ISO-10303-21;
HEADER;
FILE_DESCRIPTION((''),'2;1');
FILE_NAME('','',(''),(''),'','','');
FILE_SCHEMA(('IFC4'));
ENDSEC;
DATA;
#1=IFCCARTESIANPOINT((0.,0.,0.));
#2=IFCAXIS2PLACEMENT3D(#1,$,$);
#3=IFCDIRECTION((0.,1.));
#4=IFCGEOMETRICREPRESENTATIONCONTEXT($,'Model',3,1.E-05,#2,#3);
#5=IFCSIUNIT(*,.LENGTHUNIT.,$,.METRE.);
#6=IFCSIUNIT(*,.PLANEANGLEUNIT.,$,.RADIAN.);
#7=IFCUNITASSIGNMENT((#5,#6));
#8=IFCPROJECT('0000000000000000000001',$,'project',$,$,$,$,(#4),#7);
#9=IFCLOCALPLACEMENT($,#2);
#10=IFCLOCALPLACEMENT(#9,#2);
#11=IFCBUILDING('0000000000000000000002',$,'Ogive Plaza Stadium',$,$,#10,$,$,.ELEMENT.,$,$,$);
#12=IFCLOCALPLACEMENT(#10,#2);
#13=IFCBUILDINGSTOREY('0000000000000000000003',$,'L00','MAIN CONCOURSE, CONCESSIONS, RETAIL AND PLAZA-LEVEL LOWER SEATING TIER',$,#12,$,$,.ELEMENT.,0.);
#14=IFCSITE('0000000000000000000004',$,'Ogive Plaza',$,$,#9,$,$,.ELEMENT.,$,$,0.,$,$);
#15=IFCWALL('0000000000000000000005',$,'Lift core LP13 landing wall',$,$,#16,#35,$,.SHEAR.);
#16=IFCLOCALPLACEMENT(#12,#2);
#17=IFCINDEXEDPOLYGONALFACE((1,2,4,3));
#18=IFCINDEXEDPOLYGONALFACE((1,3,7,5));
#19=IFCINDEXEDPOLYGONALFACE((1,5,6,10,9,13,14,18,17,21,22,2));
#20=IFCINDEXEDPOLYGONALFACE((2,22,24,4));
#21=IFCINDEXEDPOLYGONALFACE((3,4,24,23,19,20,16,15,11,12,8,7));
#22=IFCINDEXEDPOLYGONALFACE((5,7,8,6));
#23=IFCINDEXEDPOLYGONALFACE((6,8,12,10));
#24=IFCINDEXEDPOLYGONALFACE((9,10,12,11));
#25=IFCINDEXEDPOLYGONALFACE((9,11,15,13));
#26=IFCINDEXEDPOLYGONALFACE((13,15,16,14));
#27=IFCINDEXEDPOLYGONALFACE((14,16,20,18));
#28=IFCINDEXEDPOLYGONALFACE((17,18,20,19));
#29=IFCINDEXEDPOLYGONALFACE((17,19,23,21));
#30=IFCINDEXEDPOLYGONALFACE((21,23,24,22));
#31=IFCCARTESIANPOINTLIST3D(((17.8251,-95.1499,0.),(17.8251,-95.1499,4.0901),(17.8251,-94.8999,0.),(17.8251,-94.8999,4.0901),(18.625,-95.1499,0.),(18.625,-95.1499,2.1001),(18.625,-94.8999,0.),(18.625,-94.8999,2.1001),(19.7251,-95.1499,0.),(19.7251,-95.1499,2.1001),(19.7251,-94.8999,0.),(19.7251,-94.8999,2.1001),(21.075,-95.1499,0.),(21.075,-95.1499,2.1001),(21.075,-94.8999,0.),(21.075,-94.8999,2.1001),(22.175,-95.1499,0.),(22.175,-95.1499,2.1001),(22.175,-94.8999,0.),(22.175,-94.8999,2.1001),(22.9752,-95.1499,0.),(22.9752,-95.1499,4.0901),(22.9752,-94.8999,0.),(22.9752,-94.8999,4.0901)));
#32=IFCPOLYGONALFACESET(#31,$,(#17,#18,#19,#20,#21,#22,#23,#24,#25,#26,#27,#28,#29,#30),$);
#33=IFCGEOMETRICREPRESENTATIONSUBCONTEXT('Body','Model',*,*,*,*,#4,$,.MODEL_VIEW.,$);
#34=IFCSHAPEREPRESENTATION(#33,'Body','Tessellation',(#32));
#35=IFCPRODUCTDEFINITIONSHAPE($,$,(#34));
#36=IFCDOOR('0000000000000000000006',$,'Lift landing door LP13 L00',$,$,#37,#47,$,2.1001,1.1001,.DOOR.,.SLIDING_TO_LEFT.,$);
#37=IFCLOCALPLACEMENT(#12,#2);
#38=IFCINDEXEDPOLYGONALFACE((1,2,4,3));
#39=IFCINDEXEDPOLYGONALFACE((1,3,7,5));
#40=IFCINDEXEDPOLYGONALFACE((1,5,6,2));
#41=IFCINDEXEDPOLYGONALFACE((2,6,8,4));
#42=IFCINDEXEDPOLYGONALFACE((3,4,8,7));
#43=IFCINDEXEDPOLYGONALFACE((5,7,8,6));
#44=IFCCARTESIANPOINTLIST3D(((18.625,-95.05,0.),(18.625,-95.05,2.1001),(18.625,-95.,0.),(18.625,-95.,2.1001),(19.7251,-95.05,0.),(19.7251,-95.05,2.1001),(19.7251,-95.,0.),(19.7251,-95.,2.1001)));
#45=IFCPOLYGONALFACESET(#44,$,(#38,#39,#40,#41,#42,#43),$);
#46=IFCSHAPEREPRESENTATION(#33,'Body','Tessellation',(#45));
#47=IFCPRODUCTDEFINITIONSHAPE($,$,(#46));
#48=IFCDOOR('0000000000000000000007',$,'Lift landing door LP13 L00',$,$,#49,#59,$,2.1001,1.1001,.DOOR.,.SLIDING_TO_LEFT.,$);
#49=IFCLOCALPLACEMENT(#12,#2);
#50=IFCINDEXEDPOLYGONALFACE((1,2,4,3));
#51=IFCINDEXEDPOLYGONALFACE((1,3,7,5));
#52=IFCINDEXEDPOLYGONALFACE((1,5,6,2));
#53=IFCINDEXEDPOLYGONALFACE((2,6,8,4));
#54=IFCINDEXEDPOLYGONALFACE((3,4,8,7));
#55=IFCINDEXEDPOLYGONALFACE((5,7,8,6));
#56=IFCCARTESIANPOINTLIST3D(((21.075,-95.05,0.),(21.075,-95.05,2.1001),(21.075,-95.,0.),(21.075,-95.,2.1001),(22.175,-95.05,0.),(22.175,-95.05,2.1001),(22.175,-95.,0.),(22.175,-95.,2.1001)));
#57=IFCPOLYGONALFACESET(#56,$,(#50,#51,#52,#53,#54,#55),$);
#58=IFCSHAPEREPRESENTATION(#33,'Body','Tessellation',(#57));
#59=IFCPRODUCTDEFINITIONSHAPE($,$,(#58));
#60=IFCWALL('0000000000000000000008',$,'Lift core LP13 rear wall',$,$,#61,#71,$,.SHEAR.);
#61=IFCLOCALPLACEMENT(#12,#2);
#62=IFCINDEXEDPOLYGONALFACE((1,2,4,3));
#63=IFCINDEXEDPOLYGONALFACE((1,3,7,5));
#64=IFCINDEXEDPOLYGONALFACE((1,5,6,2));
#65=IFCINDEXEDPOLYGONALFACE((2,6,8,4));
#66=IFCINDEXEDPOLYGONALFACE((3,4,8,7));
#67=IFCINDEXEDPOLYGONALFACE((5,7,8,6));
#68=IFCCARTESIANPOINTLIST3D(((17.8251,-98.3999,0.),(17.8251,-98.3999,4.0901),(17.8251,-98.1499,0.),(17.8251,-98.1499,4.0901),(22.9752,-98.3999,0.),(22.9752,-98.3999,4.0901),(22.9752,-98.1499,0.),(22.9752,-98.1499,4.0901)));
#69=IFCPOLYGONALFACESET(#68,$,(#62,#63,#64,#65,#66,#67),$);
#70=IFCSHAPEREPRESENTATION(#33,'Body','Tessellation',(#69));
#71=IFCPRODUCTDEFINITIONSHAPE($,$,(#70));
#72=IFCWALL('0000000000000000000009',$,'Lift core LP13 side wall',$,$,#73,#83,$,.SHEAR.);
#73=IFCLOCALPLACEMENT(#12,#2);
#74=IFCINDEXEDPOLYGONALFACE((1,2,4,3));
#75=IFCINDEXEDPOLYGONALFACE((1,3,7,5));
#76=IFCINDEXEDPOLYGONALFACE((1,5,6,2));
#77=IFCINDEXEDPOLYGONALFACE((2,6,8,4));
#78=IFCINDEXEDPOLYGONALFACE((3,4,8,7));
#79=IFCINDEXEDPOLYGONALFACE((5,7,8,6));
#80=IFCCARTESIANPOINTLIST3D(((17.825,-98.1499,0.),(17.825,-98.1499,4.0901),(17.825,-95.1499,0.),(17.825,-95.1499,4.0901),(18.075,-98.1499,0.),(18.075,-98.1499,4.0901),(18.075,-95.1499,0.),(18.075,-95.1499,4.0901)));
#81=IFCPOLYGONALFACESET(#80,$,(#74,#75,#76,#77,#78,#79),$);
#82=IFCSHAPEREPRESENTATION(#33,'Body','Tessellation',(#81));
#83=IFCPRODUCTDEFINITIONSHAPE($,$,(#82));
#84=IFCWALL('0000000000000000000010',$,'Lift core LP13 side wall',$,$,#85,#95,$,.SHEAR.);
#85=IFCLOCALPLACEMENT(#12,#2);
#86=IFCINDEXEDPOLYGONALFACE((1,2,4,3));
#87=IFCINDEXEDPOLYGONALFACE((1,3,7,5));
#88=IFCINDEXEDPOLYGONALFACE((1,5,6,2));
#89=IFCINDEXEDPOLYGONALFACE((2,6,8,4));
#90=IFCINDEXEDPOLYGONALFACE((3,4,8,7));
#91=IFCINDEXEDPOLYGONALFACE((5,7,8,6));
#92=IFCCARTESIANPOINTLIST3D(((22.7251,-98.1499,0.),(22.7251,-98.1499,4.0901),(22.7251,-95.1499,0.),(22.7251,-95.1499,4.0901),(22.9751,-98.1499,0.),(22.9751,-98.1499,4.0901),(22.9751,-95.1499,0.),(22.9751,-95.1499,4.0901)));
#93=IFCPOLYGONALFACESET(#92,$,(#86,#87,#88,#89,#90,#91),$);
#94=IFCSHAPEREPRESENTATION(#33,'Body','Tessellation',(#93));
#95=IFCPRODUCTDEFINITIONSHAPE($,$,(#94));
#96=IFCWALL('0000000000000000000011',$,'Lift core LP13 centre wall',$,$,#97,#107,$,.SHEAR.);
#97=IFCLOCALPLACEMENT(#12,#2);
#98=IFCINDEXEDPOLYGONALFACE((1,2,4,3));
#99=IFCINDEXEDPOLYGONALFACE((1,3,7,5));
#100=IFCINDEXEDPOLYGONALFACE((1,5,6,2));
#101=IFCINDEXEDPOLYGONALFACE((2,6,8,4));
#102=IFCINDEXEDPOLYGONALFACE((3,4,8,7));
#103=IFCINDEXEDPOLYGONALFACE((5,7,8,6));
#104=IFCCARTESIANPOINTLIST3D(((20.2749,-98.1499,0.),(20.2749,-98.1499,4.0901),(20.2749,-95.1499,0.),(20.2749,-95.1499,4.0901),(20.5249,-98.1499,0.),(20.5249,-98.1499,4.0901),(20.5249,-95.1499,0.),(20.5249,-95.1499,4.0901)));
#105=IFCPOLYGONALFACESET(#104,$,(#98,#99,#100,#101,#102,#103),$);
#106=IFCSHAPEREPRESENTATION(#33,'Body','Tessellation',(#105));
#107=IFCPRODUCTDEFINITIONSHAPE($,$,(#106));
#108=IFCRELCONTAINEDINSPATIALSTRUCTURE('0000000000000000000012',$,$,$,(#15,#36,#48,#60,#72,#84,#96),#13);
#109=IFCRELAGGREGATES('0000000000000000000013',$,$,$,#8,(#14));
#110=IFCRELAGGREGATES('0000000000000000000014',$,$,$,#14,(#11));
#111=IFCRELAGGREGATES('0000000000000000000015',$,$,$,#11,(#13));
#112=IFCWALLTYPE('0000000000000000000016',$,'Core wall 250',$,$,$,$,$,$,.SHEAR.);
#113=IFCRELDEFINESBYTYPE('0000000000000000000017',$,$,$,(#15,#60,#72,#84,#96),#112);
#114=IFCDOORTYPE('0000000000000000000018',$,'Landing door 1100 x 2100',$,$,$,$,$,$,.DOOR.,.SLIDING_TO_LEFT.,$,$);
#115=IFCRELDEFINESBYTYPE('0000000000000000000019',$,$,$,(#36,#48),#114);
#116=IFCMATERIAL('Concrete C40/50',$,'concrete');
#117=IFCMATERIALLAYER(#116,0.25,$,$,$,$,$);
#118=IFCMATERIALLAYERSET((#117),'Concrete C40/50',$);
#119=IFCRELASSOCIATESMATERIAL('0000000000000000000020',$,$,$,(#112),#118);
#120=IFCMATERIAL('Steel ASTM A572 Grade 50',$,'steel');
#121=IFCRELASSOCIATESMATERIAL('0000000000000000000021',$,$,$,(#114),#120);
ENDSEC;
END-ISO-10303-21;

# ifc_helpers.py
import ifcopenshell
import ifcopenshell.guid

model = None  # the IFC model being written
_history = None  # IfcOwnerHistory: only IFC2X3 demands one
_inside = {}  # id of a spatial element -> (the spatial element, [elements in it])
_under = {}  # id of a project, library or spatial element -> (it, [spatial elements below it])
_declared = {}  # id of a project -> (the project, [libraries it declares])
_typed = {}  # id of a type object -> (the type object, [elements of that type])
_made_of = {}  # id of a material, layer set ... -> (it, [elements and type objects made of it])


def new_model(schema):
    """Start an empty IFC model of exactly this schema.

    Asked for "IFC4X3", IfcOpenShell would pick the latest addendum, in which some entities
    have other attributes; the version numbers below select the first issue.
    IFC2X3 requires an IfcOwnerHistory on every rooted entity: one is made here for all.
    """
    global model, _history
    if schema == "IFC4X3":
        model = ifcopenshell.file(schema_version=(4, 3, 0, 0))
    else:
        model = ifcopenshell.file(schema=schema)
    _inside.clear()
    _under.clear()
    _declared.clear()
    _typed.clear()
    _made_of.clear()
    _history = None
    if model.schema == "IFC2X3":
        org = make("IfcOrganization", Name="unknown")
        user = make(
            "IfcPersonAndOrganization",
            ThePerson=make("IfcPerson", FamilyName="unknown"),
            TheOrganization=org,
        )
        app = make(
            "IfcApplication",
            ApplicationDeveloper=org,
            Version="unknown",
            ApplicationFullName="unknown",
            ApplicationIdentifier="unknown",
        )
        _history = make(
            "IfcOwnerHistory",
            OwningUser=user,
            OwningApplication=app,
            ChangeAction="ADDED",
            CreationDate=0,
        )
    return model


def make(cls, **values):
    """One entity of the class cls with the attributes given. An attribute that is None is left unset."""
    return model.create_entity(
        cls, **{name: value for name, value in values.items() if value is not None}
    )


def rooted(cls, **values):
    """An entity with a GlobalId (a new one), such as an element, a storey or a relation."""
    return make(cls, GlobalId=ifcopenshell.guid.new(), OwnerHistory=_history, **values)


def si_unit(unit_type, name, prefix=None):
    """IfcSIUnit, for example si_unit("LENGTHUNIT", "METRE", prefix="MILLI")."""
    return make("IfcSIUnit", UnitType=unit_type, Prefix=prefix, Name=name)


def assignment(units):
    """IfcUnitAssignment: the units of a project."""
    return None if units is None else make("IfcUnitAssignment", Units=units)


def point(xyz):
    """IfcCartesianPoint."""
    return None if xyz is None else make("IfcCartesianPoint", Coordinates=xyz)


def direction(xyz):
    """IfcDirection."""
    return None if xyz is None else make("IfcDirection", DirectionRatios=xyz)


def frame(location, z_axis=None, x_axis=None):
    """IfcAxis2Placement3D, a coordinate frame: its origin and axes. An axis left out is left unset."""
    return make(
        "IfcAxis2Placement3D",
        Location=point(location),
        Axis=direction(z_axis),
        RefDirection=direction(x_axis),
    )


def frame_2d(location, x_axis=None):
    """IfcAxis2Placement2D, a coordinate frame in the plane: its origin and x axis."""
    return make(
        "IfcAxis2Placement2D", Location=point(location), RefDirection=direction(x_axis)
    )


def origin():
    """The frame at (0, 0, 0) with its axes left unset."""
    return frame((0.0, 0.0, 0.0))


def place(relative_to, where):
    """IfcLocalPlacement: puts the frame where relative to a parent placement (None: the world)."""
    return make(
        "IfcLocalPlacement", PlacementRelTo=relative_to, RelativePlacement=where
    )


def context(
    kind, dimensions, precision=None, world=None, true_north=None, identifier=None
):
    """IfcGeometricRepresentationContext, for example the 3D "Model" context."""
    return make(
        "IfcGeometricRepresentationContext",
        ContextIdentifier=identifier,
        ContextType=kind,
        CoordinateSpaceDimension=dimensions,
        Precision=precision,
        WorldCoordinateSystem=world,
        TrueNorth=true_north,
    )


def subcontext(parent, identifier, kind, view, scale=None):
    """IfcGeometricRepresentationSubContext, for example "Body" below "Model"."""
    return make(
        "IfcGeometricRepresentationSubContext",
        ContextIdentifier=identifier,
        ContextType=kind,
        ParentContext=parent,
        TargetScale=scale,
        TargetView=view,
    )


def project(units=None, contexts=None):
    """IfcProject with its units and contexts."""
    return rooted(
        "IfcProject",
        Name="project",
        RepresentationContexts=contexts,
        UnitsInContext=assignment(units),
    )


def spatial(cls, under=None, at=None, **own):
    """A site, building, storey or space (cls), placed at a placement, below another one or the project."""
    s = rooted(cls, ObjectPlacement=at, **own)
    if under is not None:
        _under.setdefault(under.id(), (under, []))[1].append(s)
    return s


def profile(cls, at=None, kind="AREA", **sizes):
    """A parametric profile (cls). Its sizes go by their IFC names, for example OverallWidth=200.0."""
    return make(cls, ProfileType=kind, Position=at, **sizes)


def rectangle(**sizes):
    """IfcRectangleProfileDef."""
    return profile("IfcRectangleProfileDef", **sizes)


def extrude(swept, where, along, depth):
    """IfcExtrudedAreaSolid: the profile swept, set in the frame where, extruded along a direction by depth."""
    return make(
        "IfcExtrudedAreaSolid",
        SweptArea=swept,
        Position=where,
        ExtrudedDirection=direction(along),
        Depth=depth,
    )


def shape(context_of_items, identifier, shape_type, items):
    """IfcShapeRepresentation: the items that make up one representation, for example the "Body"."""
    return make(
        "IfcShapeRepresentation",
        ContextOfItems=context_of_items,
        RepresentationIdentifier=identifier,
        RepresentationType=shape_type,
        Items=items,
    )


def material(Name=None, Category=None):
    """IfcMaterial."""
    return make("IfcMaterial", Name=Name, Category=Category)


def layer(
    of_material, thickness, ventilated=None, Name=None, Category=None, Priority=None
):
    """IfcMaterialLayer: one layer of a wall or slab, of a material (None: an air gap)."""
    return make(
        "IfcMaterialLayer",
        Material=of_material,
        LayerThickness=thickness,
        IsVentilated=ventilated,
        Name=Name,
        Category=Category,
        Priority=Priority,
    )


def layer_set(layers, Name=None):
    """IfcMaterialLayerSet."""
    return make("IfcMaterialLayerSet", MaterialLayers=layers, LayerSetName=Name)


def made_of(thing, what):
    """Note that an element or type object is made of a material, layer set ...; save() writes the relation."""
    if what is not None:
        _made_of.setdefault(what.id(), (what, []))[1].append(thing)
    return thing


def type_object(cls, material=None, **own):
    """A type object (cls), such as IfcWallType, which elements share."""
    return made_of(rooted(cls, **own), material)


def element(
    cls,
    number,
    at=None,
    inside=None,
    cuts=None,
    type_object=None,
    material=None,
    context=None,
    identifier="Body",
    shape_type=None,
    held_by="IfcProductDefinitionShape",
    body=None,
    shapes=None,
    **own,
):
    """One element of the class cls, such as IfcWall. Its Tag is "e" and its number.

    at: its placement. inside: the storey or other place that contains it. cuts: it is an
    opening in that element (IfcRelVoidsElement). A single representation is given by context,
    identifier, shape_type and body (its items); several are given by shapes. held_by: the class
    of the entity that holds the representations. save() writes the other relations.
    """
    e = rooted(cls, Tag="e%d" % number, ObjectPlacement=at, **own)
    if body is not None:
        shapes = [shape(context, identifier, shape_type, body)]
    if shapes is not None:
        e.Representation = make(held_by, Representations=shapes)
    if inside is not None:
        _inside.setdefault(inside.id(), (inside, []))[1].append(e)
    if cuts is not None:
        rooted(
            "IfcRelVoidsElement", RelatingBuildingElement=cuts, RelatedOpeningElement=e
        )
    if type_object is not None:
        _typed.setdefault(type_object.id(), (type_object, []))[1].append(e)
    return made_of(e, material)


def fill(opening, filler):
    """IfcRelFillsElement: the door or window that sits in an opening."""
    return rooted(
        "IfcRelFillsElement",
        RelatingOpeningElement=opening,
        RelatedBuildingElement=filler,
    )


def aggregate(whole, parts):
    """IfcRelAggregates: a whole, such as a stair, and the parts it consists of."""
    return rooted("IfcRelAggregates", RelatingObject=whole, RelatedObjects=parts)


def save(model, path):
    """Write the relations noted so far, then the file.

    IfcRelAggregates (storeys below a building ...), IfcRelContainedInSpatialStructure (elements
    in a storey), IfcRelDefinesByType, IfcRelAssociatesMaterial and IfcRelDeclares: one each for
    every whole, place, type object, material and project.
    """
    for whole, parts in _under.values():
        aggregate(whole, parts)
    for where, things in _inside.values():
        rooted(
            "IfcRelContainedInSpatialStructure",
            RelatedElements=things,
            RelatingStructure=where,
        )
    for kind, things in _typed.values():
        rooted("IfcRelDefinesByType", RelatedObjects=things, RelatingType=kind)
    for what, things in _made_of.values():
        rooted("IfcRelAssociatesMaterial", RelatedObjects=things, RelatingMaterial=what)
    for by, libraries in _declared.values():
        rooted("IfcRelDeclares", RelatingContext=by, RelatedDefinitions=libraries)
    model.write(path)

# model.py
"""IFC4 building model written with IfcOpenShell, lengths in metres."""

from ifc_helpers import new_model, si_unit, direction, frame, frame_2d, origin, place, context, subcontext, project, spatial, rectangle, extrude, material, layer, layer_set, type_object, element, fill, save


model = new_model("IFC4")

# Units and contexts
model_context = context("Model", 3, precision=1e-05, world=origin(), true_north=direction((0.0, 1.0)))
body_context = subcontext(model_context, "Body", "Model", "MODEL_VIEW")
ifc_project = project(units=[si_unit("LENGTHUNIT", "METRE"), si_unit("PLANEANGLEUNIT", "RADIAN")], contexts=[model_context])

# Site, building, storey
site_placement = place(None, origin())
site = spatial("IfcSite", under=ifc_project, at=site_placement, Name="Ogive Plaza", CompositionType="ELEMENT", RefElevation=0.0)
building_placement = place(site_placement, origin())
building = spatial("IfcBuilding", under=site, at=building_placement, Name="Ogive Plaza Stadium", CompositionType="ELEMENT")
storey_placement = place(building_placement, origin())
storey = spatial("IfcBuildingStorey", under=building, at=storey_placement, Name="L00", Description="MAIN CONCOURSE, CONCESSIONS, RETAIL AND PLAZA-LEVEL LOWER SEATING TIER", CompositionType="ELEMENT", Elevation=0.0)

# Shared definitions
ifc_material_1 = material(Name="Concrete C40/50", Category="concrete")
ifc_layer_1 = layer(ifc_material_1, 0.25)
ifc_layer_set_1 = layer_set([ifc_layer_1], Name="Concrete C40/50")
wall_type_1 = type_object("IfcWallType", Name="Core wall 250", PredefinedType="SHEAR", material=ifc_layer_set_1)

# Wall, openings, doors
wall_1_placement = place(storey_placement, frame((17.825, -95.0249, 0.0), z_axis=(0.0, 0.0, 1.0), x_axis=(1.0, 0.0, 0.0)))
wall_1 = element("IfcWall", 1, at=wall_1_placement, inside=storey, type_object=wall_type_1, Name="Lift core LP13 landing wall", PredefinedType="SHEAR", context=body_context, shape_type="SweptSolid", body=[
    extrude(rectangle(XDim=5.1501, YDim=0.25, at=frame_2d((2.5752, 0.0))), origin(), (0.0, 0.0, 1.0), 4.0901),
])
opening_1_placement = place(wall_1_placement, frame((0.8, 0.0, 0.0)))
opening_1 = element("IfcOpeningElement", 2, at=opening_1_placement, cuts=wall_1, PredefinedType="OPENING", context=body_context, shape_type="SweptSolid", body=[
    extrude(rectangle(XDim=1.1001, YDim=2.1001, at=frame_2d((0.55, 1.05))), frame((0.0, 0.125, 0.0), z_axis=(0.0, -1.0, 0.0), x_axis=(1.0, 0.0, 0.0)), (0.0, 0.0, 1.0), 0.25),
])
opening_2_placement = place(wall_1_placement, frame((3.25, 0.0, 0.0)))
opening_2 = element("IfcOpeningElement", 3, at=opening_2_placement, cuts=wall_1, PredefinedType="OPENING", context=body_context, shape_type="SweptSolid", body=[
    extrude(rectangle(XDim=1.1001, YDim=2.1001, at=frame_2d((0.55, 1.05))), frame((0.0, 0.125, 0.0), z_axis=(0.0, -1.0, 0.0), x_axis=(1.0, 0.0, 0.0)), (0.0, 0.0, 1.0), 0.25),
])
ifc_material_2 = material(Name="Steel ASTM A572 Grade 50", Category="steel")
door_type_1 = type_object("IfcDoorType", Name="Landing door 1100 x 2100", OperationType="SLIDING_TO_LEFT", PredefinedType="DOOR", material=ifc_material_2)
door_1_placement = place(opening_1_placement, origin())
door_1 = element("IfcDoor", 4, at=door_1_placement, inside=storey, type_object=door_type_1, Name="Lift landing door LP13 L00", OperationType="SLIDING_TO_LEFT", OverallHeight=2.1001, OverallWidth=1.1001, PredefinedType="DOOR", context=body_context, shape_type="SweptSolid", body=[
    extrude(rectangle(XDim=1.1001, YDim=2.1001, at=frame_2d((0.55, 1.05))), frame((0.0, 0.0249, 0.0), z_axis=(0.0, -1.0, 0.0), x_axis=(1.0, 0.0, 0.0)), (0.0, 0.0, 1.0), 0.05),
])
fill(opening_1, door_1)
door_2_placement = place(opening_2_placement, origin())
door_2 = element("IfcDoor", 5, at=door_2_placement, inside=storey, type_object=door_type_1, Name="Lift landing door LP13 L00", OperationType="SLIDING_TO_LEFT", OverallHeight=2.1001, OverallWidth=1.1001, PredefinedType="DOOR", context=body_context, shape_type="SweptSolid", body=[
    extrude(rectangle(XDim=1.1001, YDim=2.1001, at=frame_2d((0.55, 1.05))), frame((0.0, 0.0249, 0.0), z_axis=(0.0, -1.0, 0.0), x_axis=(1.0, 0.0, 0.0)), (0.0, 0.0, 1.0), 0.05),
])
fill(opening_2, door_2)

# Walls
wall_2_placement = place(storey_placement, frame((17.825, -98.2749, 0.0), z_axis=(0.0, 0.0, 1.0), x_axis=(1.0, 0.0, 0.0)))
element("IfcWall", 6, at=wall_2_placement, inside=storey, type_object=wall_type_1, Name="Lift core LP13 rear wall", PredefinedType="SHEAR", context=body_context, shape_type="SweptSolid", body=[
    extrude(rectangle(XDim=5.1501, YDim=0.25, at=frame_2d((2.5752, 0.0))), origin(), (0.0, 0.0, 1.0), 4.0901),
])
for number, where, z_axis, x_axis, name in (
    (7, (17.95, -95.1499, 0.0), (0.0, 0.0, 1.0), (0.0, -1.0, 0.0), "Lift core LP13 side wall"),
    (8, (22.8501, -95.1499, 0.0), (0.0, 0.0, 1.0), (0.0, -1.0, 0.0), "Lift core LP13 side wall"),
    (9, (20.3999, -95.1499, 0.0), (0.0, 0.0, 1.0), (0.0, -1.0, 0.0), "Lift core LP13 centre wall"),
):
    element("IfcWall", number, at=place(storey_placement, frame(where, z_axis=z_axis, x_axis=x_axis)), inside=storey, type_object=wall_type_1, Name=name, PredefinedType="SHEAR", context=body_context, shape_type="SweptSolid", body=[
        extrude(rectangle(XDim=3.0, YDim=0.25, at=frame_2d((1.5, 0.0))), origin(), (0.0, 0.0, 1.0), 4.0901),
    ])

save(model, "model.ifc")
